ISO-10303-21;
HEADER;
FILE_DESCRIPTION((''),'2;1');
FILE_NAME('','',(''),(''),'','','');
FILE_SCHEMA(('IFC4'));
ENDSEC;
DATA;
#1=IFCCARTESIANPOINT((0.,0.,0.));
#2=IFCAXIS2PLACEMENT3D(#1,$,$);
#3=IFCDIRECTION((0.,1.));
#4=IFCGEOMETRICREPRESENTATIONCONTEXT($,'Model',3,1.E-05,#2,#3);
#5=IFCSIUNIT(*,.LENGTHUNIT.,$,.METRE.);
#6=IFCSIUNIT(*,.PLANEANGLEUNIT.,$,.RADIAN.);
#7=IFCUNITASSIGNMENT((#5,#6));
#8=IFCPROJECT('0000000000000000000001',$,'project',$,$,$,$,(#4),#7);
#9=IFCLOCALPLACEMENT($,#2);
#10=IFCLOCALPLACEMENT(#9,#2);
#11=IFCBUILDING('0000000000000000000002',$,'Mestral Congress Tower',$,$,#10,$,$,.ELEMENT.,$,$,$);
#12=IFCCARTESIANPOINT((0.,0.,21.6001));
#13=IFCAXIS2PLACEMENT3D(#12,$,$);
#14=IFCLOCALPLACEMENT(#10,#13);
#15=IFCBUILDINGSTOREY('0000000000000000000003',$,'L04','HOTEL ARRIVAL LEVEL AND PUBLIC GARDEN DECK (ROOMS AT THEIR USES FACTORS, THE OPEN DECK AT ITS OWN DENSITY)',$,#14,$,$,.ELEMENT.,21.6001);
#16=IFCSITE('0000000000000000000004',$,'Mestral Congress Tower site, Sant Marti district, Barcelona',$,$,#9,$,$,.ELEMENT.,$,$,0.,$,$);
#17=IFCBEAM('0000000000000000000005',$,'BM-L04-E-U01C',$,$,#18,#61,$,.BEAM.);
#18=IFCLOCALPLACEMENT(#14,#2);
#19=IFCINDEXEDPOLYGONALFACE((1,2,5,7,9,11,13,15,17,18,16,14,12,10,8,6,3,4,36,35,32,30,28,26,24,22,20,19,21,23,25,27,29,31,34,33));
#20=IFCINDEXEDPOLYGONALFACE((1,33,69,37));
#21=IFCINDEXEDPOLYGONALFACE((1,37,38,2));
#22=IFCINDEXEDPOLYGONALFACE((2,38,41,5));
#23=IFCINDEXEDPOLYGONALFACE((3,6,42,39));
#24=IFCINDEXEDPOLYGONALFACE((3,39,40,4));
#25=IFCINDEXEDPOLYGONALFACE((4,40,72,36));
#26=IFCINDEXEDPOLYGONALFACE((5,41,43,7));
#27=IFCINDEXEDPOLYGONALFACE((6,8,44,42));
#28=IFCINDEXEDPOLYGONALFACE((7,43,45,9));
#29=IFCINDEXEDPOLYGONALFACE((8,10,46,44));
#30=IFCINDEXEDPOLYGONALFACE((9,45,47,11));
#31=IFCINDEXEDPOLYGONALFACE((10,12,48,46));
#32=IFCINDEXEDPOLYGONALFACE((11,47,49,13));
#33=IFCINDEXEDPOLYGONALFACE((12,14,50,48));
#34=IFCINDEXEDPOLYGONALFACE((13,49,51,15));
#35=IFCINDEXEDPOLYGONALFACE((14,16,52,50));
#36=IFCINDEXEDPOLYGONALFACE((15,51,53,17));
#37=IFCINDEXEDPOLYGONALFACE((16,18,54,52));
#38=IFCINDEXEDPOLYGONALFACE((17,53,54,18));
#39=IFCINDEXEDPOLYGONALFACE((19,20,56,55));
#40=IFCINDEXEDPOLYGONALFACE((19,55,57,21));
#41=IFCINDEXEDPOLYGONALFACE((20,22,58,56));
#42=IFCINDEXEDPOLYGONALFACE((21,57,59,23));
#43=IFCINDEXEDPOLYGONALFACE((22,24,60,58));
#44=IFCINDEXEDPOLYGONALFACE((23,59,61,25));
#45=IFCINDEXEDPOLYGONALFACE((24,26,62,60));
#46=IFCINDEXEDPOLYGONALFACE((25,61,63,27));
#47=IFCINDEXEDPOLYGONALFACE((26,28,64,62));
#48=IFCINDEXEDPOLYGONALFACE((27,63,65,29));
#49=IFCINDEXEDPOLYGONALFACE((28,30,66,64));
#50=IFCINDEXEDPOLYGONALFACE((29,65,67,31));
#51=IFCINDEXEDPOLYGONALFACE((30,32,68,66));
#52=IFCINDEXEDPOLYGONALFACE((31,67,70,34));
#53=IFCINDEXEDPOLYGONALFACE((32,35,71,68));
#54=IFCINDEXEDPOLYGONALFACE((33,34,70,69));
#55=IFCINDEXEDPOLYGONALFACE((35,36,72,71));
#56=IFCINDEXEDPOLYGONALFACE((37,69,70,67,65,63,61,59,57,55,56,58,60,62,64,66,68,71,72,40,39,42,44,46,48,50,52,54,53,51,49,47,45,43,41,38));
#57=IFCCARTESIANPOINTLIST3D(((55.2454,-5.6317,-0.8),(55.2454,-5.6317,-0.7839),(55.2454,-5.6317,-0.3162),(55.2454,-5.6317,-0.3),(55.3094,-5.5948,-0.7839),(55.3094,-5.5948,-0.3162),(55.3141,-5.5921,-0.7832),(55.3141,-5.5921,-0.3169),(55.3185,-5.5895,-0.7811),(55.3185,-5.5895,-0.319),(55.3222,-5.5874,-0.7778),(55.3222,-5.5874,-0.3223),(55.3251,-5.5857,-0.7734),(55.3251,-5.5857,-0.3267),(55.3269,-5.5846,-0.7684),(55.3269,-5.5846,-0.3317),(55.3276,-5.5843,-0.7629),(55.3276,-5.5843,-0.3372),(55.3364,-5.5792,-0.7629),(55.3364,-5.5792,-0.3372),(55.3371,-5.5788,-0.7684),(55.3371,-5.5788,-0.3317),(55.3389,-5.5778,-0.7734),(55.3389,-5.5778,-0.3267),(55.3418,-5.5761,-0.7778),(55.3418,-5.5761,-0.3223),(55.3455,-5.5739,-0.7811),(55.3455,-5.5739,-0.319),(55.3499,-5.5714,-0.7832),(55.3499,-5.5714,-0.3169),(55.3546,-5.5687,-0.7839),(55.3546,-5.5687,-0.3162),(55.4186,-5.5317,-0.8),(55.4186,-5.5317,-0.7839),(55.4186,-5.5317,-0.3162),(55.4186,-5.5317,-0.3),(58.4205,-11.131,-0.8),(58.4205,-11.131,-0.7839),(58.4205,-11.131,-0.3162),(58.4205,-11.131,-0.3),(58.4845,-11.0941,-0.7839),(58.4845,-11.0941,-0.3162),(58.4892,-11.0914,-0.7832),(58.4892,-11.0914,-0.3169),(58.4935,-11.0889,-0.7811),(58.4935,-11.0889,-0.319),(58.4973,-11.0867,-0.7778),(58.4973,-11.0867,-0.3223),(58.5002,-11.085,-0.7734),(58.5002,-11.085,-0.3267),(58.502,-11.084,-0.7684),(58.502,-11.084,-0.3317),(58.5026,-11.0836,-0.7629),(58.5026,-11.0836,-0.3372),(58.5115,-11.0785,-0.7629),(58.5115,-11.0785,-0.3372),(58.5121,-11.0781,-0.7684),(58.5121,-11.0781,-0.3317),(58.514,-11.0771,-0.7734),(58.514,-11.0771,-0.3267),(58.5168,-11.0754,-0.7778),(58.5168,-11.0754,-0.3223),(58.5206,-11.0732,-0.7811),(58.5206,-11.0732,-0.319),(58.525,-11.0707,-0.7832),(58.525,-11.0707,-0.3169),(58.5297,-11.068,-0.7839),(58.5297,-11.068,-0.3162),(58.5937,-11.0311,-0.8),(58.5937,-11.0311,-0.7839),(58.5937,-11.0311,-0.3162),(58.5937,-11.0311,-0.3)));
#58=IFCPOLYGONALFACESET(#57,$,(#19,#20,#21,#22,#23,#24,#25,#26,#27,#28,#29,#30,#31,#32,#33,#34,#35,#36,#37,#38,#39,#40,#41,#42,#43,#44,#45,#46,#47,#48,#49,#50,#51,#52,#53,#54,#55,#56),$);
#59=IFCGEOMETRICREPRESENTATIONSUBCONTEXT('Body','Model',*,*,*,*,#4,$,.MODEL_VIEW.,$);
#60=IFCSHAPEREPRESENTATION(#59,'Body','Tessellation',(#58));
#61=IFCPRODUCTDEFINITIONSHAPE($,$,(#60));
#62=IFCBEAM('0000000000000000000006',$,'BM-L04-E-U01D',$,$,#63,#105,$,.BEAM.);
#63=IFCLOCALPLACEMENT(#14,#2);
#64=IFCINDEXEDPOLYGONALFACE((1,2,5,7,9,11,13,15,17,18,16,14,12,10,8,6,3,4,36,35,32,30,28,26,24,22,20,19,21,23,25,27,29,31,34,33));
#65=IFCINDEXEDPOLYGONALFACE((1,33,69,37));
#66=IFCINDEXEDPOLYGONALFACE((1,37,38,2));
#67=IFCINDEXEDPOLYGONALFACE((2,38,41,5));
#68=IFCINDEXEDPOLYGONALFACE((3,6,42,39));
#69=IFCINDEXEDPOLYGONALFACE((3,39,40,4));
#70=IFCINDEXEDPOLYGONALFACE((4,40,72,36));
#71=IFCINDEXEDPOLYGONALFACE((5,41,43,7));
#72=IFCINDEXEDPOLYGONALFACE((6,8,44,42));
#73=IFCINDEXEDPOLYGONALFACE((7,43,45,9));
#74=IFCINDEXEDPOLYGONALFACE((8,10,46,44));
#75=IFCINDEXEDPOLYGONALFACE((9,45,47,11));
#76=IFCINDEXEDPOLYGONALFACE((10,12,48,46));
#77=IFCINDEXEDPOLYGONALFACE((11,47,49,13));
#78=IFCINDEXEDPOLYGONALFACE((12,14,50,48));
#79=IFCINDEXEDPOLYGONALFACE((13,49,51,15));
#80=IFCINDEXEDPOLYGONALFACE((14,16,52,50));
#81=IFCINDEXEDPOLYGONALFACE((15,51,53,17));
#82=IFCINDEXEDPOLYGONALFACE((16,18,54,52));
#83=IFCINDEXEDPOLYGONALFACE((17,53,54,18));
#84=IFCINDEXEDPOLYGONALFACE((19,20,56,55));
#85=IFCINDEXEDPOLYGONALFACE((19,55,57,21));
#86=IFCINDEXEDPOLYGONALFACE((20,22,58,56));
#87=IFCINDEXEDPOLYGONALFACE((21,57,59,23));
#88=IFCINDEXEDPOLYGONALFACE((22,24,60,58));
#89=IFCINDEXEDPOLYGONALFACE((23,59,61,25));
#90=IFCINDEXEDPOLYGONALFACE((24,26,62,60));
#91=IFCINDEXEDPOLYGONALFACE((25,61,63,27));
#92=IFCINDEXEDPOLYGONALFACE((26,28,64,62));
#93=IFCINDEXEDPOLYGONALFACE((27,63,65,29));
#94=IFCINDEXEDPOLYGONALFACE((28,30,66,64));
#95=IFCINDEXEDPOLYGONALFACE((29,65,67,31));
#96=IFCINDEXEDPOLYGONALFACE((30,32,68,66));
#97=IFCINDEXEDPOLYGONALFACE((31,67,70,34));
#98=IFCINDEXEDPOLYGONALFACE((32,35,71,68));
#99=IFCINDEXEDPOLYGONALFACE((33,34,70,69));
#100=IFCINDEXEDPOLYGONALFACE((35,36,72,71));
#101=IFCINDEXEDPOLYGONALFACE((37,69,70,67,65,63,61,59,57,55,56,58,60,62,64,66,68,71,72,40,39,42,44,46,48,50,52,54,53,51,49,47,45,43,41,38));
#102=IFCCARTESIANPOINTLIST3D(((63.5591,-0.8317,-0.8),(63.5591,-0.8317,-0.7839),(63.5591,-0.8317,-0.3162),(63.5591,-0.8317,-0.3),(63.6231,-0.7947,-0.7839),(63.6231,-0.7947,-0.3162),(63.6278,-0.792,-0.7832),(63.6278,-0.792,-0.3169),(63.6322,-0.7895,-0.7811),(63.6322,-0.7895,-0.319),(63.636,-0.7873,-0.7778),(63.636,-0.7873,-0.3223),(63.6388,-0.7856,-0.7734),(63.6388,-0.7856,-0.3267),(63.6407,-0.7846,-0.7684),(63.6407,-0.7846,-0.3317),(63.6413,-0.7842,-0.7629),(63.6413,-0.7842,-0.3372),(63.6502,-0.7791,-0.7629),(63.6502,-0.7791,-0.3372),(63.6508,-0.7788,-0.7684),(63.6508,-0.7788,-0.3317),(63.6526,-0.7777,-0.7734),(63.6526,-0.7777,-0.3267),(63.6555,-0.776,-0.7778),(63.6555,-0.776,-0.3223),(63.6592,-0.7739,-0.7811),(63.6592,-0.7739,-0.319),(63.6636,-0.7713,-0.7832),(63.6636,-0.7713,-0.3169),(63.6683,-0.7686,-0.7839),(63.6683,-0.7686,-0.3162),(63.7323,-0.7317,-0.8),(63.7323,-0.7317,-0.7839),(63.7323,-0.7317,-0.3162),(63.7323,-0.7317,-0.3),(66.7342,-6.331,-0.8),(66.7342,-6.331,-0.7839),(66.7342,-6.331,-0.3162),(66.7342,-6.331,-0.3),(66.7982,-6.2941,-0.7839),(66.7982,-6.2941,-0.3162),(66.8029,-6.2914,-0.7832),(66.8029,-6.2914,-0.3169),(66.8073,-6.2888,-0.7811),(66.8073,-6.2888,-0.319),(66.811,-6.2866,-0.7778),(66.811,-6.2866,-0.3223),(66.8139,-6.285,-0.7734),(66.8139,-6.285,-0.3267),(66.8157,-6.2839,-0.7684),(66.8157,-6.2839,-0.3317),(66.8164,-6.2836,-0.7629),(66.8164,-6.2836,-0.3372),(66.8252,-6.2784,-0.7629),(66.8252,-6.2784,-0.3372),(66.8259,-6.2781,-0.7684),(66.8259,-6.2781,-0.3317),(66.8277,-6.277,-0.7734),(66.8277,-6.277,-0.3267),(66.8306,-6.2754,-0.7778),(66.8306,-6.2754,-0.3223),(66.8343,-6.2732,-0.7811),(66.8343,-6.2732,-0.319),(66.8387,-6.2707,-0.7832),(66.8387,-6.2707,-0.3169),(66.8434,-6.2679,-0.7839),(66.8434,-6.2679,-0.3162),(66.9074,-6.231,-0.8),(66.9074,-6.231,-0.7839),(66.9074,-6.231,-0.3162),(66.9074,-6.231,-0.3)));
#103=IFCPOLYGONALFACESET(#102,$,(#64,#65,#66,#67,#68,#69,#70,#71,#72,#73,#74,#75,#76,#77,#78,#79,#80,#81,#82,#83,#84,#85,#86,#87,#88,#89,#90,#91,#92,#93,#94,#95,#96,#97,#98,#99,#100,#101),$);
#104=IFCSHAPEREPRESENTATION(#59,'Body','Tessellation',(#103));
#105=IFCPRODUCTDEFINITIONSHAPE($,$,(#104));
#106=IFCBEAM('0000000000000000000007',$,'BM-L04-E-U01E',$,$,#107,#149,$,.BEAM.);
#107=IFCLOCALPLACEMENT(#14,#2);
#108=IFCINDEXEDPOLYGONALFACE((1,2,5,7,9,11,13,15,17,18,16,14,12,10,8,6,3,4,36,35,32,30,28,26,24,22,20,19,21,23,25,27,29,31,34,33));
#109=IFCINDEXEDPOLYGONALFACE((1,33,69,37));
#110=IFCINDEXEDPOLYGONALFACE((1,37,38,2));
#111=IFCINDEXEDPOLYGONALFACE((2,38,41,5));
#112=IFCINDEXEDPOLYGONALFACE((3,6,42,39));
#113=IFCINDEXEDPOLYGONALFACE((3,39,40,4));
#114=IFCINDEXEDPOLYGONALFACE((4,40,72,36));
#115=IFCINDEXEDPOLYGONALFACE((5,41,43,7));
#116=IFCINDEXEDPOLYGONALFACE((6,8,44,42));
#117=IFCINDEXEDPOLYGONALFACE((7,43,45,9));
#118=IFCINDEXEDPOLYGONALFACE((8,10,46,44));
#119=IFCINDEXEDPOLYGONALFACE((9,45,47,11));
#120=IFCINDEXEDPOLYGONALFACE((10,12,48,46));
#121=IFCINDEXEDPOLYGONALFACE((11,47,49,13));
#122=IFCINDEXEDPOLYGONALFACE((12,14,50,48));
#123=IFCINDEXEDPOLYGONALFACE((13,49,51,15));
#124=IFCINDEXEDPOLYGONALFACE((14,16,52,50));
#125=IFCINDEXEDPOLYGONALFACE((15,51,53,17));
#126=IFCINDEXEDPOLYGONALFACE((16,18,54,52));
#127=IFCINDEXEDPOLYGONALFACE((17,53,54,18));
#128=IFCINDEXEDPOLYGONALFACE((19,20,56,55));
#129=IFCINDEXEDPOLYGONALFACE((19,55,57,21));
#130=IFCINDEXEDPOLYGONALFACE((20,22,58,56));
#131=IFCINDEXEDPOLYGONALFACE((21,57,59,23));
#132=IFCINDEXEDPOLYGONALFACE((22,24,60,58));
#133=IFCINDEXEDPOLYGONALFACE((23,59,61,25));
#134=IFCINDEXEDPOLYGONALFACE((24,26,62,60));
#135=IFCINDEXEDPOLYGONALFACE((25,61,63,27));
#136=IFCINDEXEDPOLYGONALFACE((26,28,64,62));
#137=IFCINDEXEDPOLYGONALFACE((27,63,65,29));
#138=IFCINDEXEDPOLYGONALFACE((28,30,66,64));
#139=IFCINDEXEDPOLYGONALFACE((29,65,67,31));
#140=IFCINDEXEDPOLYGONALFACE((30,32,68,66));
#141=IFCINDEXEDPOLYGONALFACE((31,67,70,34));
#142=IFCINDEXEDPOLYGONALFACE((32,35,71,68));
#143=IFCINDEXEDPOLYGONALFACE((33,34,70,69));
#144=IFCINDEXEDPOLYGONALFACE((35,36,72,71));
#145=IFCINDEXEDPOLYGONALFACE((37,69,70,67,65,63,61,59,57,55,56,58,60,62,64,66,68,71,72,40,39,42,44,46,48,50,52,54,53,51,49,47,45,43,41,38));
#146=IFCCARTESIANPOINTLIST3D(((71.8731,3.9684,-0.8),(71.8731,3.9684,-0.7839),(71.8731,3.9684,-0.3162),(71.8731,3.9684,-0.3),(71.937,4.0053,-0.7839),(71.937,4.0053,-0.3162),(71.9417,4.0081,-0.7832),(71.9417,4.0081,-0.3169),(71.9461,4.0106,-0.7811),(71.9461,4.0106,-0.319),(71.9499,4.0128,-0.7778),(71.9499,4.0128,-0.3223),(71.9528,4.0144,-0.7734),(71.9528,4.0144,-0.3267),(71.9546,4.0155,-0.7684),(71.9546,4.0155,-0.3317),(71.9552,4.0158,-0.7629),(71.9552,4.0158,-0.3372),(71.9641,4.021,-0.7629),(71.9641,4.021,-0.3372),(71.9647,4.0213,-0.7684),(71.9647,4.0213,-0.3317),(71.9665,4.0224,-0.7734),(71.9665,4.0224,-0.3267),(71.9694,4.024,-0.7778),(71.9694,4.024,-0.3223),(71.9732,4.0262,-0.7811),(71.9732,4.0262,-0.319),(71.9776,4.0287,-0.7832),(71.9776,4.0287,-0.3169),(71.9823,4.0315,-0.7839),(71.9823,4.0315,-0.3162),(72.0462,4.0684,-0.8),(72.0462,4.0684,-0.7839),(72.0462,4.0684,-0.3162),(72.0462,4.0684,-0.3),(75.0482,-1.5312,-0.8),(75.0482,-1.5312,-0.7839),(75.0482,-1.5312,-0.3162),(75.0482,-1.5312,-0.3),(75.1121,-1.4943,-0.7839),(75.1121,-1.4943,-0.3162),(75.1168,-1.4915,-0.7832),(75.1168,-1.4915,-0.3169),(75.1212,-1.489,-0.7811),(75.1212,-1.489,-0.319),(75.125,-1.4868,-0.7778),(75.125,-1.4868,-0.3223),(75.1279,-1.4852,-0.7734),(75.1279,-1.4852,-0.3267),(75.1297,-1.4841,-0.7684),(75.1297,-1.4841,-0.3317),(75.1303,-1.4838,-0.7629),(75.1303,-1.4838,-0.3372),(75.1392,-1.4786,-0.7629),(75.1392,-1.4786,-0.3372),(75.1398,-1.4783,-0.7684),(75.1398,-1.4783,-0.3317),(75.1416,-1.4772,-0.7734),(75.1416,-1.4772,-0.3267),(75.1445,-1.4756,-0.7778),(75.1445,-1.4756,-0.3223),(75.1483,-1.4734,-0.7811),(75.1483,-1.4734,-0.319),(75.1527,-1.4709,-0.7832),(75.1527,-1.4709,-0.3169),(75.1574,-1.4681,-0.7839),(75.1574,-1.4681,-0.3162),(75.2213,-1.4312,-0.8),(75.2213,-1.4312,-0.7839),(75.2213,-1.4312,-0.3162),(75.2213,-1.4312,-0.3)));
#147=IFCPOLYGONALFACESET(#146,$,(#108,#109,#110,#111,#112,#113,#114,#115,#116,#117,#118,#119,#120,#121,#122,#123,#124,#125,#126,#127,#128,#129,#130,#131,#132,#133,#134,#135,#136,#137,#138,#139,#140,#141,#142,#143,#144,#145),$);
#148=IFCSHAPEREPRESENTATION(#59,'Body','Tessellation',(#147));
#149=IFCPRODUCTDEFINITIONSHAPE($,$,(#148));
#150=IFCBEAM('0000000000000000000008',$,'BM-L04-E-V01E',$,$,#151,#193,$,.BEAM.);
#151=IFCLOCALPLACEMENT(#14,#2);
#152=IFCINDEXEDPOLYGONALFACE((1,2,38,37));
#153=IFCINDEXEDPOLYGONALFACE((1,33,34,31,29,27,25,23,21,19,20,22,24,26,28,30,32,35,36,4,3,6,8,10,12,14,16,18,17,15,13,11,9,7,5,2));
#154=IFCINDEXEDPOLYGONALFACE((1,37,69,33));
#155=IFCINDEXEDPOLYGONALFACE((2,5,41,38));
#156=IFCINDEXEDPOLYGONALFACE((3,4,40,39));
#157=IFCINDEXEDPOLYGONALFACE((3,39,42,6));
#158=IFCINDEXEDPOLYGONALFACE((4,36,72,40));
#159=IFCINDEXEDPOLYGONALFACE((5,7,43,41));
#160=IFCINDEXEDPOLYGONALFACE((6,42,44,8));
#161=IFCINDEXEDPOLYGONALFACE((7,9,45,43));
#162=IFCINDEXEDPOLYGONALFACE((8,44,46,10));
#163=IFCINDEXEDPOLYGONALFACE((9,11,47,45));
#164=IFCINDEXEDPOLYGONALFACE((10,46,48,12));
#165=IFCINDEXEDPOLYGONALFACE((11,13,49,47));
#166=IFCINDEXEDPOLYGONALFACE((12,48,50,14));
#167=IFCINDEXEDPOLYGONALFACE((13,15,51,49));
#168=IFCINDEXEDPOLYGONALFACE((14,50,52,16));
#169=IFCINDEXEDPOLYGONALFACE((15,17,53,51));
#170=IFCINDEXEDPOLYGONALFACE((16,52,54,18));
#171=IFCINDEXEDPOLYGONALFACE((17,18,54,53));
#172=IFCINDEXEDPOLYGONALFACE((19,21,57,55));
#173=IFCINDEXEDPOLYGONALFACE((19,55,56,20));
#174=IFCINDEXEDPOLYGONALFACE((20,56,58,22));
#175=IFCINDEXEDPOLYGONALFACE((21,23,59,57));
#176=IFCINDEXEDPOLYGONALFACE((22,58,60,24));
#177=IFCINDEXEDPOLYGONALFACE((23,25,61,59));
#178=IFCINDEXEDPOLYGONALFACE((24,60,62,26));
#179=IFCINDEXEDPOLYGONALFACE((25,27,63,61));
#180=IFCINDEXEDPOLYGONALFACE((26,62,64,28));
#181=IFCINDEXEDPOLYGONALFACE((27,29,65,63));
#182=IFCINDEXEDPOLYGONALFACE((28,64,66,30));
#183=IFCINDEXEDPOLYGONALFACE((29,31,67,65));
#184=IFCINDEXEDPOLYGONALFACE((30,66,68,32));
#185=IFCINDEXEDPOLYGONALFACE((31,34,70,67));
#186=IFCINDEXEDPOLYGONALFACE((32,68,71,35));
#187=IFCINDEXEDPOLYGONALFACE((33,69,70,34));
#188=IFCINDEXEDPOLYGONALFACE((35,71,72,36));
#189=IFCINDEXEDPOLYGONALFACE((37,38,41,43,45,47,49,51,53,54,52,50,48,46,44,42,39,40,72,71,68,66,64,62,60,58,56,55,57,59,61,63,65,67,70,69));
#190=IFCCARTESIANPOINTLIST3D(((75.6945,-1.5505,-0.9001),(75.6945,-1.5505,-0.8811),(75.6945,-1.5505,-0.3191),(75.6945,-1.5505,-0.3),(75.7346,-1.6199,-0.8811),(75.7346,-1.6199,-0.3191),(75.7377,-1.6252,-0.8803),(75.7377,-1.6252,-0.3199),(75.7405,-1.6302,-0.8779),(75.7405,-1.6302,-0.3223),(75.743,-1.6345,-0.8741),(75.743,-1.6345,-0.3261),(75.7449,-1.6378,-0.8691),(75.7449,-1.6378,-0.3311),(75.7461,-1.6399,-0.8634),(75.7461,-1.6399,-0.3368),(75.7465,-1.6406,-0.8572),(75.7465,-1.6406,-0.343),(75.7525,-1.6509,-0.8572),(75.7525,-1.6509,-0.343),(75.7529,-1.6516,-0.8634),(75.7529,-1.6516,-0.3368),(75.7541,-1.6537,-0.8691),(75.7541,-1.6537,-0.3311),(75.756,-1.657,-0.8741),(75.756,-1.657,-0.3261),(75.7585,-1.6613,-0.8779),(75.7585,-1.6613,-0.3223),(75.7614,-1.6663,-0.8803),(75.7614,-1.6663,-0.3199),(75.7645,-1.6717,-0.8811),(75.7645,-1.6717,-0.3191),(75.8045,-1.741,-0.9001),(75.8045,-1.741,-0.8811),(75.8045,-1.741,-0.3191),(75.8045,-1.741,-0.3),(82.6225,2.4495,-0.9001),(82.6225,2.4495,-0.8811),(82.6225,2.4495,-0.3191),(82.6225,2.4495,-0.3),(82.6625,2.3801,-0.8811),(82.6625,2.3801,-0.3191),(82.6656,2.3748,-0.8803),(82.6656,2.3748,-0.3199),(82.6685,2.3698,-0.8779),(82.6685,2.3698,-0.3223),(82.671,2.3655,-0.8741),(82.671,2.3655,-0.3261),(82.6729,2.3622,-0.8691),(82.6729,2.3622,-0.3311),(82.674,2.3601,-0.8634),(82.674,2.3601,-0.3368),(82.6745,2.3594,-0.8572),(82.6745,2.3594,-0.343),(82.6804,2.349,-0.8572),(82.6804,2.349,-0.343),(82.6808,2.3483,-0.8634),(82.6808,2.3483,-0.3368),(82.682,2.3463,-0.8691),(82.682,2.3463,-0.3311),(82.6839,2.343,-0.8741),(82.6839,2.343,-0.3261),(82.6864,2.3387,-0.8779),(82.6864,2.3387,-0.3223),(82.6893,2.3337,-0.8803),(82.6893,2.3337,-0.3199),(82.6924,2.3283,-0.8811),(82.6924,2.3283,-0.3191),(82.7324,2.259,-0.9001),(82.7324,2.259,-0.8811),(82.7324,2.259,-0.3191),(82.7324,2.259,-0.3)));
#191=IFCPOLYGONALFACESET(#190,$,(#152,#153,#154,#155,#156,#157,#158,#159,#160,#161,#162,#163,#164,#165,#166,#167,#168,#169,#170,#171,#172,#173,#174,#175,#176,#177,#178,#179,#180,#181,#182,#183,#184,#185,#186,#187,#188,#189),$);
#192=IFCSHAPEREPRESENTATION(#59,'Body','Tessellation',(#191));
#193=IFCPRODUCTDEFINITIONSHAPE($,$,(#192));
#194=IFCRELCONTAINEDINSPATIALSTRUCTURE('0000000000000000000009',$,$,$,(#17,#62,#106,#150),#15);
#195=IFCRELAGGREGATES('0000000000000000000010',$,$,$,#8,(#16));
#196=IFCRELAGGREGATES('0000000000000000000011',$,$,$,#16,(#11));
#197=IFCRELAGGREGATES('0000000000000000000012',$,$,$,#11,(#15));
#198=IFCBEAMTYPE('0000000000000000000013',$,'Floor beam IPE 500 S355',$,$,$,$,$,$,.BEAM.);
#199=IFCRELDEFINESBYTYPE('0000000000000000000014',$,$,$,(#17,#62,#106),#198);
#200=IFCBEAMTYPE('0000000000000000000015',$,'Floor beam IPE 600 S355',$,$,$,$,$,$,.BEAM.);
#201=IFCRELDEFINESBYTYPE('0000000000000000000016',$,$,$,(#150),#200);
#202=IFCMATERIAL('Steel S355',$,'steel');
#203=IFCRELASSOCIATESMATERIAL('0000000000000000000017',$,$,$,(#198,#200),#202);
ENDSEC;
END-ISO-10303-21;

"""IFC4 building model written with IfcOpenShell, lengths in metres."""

from ifc_helpers import new_model, si_unit, direction, frame, origin, origin_2d, place, context, subcontext, project, spatial, i_section, extrude, material, material_profile, profile_set, type_object, element, save


model = new_model("IFC4")

# Units and contexts
model_context = context("Model", 3, precision=1e-05, world=origin(), true_north=direction((0.0, 1.0)))
body_context = subcontext(model_context, "Body", "Model", "MODEL_VIEW")
ifc_project = project(units=[si_unit("LENGTHUNIT", "METRE"), si_unit("PLANEANGLEUNIT", "RADIAN")], contexts=[model_context])

# Site, building, storey
site_placement = place(None, origin())
site = spatial("IfcSite", under=ifc_project, at=site_placement, Name="Mestral Congress Tower site, Sant Marti district, Barcelona", CompositionType="ELEMENT", RefElevation=0.0)
building_placement = place(site_placement, origin())
building = spatial("IfcBuilding", under=site, at=building_placement, Name="Mestral Congress Tower", CompositionType="ELEMENT")
storey_placement = place(building_placement, frame((0.0, 0.0, 21.6001)))
storey = spatial("IfcBuildingStorey", under=building, at=storey_placement, Name="L04", Description="HOTEL ARRIVAL LEVEL AND PUBLIC GARDEN DECK (ROOMS AT THEIR USES FACTORS, THE OPEN DECK AT ITS OWN DENSITY)", CompositionType="ELEMENT", Elevation=21.6001)

# Beams
ifc_material_1 = material(Name="Steel S355", Category="steel")
ifc_material_profile_1 = material_profile(ifc_material_1, i_section(OverallWidth=0.2, OverallDepth=0.5, WebThickness=0.0103, FlangeThickness=0.0161, FilletRadius=0.021, at=origin_2d()), Name="IPE 500")
ifc_profile_set_1 = profile_set([ifc_material_profile_1], Name="Steel S355")
beam_type_1 = type_object("IfcBeamType", Name="Floor beam IPE 500 S355", PredefinedType="BEAM", material=ifc_profile_set_1)
for number, where, z_axis, x_axis, name in (
    (1, (58.5071, -11.0811, -0.55), (-0.500005, 0.866022, 0.0), (-0.866022, -0.500005, 0.0), "BM-L04-E-U01C"),
    (2, (66.8208, -6.281, -0.55), (-0.500005, 0.866022, 0.0), (-0.866022, -0.500005, 0.0), "BM-L04-E-U01D"),
):
    element("IfcBeam", number, at=place(storey_placement, frame(where, z_axis=z_axis, x_axis=x_axis)), inside=storey, type_object=beam_type_1, Name=name, PredefinedType="BEAM", context=body_context, shape_type="SweptSolid", body=[
        extrude(i_section(OverallWidth=0.2, OverallDepth=0.5, WebThickness=0.0103, FlangeThickness=0.0161, FilletRadius=0.021, at=origin_2d()), origin(), (0.0, 0.0, 1.0), 6.3501),
    ])
beam_1_placement = place(storey_placement, frame((75.1348, -1.4812, -0.55), z_axis=(-0.499989, 0.866032, 0.0), x_axis=(-0.866032, -0.499989, 0.0)))
element("IfcBeam", 3, at=beam_1_placement, inside=storey, type_object=beam_type_1, Name="BM-L04-E-U01E", PredefinedType="BEAM", context=body_context, shape_type="SweptSolid", body=[
    extrude(i_section(OverallWidth=0.2, OverallDepth=0.5, WebThickness=0.0103, FlangeThickness=0.0161, FilletRadius=0.021, at=origin_2d()), origin(), (0.0, 0.0, 1.0), 6.3503),
])
ifc_material_profile_2 = material_profile(ifc_material_1, i_section(OverallWidth=0.22, OverallDepth=0.6001, WebThickness=0.012, FlangeThickness=0.019, FilletRadius=0.0239, at=origin_2d()), Name="IPE 600")
ifc_profile_set_2 = profile_set([ifc_material_profile_2], Name="Steel S355")
beam_type_2 = type_object("IfcBeamType", Name="Floor beam IPE 600 S355", PredefinedType="BEAM", material=ifc_profile_set_2)
beam_2_placement = place(storey_placement, frame((75.7495, -1.6458, -0.6001), z_axis=(0.866018, 0.500012, 0.0), x_axis=(-0.500012, 0.866018, 0.0)))
element("IfcBeam", 4, at=beam_2_placement, inside=storey, type_object=beam_type_2, Name="BM-L04-E-V01E", PredefinedType="BEAM", context=body_context, shape_type="SweptSolid", body=[
    extrude(i_section(OverallWidth=0.22, OverallDepth=0.6001, WebThickness=0.012, FlangeThickness=0.019, FilletRadius=0.0239, at=origin_2d()), origin(), (0.0, 0.0, 1.0), 7.9998),
])

save(model, "model.ifc")
